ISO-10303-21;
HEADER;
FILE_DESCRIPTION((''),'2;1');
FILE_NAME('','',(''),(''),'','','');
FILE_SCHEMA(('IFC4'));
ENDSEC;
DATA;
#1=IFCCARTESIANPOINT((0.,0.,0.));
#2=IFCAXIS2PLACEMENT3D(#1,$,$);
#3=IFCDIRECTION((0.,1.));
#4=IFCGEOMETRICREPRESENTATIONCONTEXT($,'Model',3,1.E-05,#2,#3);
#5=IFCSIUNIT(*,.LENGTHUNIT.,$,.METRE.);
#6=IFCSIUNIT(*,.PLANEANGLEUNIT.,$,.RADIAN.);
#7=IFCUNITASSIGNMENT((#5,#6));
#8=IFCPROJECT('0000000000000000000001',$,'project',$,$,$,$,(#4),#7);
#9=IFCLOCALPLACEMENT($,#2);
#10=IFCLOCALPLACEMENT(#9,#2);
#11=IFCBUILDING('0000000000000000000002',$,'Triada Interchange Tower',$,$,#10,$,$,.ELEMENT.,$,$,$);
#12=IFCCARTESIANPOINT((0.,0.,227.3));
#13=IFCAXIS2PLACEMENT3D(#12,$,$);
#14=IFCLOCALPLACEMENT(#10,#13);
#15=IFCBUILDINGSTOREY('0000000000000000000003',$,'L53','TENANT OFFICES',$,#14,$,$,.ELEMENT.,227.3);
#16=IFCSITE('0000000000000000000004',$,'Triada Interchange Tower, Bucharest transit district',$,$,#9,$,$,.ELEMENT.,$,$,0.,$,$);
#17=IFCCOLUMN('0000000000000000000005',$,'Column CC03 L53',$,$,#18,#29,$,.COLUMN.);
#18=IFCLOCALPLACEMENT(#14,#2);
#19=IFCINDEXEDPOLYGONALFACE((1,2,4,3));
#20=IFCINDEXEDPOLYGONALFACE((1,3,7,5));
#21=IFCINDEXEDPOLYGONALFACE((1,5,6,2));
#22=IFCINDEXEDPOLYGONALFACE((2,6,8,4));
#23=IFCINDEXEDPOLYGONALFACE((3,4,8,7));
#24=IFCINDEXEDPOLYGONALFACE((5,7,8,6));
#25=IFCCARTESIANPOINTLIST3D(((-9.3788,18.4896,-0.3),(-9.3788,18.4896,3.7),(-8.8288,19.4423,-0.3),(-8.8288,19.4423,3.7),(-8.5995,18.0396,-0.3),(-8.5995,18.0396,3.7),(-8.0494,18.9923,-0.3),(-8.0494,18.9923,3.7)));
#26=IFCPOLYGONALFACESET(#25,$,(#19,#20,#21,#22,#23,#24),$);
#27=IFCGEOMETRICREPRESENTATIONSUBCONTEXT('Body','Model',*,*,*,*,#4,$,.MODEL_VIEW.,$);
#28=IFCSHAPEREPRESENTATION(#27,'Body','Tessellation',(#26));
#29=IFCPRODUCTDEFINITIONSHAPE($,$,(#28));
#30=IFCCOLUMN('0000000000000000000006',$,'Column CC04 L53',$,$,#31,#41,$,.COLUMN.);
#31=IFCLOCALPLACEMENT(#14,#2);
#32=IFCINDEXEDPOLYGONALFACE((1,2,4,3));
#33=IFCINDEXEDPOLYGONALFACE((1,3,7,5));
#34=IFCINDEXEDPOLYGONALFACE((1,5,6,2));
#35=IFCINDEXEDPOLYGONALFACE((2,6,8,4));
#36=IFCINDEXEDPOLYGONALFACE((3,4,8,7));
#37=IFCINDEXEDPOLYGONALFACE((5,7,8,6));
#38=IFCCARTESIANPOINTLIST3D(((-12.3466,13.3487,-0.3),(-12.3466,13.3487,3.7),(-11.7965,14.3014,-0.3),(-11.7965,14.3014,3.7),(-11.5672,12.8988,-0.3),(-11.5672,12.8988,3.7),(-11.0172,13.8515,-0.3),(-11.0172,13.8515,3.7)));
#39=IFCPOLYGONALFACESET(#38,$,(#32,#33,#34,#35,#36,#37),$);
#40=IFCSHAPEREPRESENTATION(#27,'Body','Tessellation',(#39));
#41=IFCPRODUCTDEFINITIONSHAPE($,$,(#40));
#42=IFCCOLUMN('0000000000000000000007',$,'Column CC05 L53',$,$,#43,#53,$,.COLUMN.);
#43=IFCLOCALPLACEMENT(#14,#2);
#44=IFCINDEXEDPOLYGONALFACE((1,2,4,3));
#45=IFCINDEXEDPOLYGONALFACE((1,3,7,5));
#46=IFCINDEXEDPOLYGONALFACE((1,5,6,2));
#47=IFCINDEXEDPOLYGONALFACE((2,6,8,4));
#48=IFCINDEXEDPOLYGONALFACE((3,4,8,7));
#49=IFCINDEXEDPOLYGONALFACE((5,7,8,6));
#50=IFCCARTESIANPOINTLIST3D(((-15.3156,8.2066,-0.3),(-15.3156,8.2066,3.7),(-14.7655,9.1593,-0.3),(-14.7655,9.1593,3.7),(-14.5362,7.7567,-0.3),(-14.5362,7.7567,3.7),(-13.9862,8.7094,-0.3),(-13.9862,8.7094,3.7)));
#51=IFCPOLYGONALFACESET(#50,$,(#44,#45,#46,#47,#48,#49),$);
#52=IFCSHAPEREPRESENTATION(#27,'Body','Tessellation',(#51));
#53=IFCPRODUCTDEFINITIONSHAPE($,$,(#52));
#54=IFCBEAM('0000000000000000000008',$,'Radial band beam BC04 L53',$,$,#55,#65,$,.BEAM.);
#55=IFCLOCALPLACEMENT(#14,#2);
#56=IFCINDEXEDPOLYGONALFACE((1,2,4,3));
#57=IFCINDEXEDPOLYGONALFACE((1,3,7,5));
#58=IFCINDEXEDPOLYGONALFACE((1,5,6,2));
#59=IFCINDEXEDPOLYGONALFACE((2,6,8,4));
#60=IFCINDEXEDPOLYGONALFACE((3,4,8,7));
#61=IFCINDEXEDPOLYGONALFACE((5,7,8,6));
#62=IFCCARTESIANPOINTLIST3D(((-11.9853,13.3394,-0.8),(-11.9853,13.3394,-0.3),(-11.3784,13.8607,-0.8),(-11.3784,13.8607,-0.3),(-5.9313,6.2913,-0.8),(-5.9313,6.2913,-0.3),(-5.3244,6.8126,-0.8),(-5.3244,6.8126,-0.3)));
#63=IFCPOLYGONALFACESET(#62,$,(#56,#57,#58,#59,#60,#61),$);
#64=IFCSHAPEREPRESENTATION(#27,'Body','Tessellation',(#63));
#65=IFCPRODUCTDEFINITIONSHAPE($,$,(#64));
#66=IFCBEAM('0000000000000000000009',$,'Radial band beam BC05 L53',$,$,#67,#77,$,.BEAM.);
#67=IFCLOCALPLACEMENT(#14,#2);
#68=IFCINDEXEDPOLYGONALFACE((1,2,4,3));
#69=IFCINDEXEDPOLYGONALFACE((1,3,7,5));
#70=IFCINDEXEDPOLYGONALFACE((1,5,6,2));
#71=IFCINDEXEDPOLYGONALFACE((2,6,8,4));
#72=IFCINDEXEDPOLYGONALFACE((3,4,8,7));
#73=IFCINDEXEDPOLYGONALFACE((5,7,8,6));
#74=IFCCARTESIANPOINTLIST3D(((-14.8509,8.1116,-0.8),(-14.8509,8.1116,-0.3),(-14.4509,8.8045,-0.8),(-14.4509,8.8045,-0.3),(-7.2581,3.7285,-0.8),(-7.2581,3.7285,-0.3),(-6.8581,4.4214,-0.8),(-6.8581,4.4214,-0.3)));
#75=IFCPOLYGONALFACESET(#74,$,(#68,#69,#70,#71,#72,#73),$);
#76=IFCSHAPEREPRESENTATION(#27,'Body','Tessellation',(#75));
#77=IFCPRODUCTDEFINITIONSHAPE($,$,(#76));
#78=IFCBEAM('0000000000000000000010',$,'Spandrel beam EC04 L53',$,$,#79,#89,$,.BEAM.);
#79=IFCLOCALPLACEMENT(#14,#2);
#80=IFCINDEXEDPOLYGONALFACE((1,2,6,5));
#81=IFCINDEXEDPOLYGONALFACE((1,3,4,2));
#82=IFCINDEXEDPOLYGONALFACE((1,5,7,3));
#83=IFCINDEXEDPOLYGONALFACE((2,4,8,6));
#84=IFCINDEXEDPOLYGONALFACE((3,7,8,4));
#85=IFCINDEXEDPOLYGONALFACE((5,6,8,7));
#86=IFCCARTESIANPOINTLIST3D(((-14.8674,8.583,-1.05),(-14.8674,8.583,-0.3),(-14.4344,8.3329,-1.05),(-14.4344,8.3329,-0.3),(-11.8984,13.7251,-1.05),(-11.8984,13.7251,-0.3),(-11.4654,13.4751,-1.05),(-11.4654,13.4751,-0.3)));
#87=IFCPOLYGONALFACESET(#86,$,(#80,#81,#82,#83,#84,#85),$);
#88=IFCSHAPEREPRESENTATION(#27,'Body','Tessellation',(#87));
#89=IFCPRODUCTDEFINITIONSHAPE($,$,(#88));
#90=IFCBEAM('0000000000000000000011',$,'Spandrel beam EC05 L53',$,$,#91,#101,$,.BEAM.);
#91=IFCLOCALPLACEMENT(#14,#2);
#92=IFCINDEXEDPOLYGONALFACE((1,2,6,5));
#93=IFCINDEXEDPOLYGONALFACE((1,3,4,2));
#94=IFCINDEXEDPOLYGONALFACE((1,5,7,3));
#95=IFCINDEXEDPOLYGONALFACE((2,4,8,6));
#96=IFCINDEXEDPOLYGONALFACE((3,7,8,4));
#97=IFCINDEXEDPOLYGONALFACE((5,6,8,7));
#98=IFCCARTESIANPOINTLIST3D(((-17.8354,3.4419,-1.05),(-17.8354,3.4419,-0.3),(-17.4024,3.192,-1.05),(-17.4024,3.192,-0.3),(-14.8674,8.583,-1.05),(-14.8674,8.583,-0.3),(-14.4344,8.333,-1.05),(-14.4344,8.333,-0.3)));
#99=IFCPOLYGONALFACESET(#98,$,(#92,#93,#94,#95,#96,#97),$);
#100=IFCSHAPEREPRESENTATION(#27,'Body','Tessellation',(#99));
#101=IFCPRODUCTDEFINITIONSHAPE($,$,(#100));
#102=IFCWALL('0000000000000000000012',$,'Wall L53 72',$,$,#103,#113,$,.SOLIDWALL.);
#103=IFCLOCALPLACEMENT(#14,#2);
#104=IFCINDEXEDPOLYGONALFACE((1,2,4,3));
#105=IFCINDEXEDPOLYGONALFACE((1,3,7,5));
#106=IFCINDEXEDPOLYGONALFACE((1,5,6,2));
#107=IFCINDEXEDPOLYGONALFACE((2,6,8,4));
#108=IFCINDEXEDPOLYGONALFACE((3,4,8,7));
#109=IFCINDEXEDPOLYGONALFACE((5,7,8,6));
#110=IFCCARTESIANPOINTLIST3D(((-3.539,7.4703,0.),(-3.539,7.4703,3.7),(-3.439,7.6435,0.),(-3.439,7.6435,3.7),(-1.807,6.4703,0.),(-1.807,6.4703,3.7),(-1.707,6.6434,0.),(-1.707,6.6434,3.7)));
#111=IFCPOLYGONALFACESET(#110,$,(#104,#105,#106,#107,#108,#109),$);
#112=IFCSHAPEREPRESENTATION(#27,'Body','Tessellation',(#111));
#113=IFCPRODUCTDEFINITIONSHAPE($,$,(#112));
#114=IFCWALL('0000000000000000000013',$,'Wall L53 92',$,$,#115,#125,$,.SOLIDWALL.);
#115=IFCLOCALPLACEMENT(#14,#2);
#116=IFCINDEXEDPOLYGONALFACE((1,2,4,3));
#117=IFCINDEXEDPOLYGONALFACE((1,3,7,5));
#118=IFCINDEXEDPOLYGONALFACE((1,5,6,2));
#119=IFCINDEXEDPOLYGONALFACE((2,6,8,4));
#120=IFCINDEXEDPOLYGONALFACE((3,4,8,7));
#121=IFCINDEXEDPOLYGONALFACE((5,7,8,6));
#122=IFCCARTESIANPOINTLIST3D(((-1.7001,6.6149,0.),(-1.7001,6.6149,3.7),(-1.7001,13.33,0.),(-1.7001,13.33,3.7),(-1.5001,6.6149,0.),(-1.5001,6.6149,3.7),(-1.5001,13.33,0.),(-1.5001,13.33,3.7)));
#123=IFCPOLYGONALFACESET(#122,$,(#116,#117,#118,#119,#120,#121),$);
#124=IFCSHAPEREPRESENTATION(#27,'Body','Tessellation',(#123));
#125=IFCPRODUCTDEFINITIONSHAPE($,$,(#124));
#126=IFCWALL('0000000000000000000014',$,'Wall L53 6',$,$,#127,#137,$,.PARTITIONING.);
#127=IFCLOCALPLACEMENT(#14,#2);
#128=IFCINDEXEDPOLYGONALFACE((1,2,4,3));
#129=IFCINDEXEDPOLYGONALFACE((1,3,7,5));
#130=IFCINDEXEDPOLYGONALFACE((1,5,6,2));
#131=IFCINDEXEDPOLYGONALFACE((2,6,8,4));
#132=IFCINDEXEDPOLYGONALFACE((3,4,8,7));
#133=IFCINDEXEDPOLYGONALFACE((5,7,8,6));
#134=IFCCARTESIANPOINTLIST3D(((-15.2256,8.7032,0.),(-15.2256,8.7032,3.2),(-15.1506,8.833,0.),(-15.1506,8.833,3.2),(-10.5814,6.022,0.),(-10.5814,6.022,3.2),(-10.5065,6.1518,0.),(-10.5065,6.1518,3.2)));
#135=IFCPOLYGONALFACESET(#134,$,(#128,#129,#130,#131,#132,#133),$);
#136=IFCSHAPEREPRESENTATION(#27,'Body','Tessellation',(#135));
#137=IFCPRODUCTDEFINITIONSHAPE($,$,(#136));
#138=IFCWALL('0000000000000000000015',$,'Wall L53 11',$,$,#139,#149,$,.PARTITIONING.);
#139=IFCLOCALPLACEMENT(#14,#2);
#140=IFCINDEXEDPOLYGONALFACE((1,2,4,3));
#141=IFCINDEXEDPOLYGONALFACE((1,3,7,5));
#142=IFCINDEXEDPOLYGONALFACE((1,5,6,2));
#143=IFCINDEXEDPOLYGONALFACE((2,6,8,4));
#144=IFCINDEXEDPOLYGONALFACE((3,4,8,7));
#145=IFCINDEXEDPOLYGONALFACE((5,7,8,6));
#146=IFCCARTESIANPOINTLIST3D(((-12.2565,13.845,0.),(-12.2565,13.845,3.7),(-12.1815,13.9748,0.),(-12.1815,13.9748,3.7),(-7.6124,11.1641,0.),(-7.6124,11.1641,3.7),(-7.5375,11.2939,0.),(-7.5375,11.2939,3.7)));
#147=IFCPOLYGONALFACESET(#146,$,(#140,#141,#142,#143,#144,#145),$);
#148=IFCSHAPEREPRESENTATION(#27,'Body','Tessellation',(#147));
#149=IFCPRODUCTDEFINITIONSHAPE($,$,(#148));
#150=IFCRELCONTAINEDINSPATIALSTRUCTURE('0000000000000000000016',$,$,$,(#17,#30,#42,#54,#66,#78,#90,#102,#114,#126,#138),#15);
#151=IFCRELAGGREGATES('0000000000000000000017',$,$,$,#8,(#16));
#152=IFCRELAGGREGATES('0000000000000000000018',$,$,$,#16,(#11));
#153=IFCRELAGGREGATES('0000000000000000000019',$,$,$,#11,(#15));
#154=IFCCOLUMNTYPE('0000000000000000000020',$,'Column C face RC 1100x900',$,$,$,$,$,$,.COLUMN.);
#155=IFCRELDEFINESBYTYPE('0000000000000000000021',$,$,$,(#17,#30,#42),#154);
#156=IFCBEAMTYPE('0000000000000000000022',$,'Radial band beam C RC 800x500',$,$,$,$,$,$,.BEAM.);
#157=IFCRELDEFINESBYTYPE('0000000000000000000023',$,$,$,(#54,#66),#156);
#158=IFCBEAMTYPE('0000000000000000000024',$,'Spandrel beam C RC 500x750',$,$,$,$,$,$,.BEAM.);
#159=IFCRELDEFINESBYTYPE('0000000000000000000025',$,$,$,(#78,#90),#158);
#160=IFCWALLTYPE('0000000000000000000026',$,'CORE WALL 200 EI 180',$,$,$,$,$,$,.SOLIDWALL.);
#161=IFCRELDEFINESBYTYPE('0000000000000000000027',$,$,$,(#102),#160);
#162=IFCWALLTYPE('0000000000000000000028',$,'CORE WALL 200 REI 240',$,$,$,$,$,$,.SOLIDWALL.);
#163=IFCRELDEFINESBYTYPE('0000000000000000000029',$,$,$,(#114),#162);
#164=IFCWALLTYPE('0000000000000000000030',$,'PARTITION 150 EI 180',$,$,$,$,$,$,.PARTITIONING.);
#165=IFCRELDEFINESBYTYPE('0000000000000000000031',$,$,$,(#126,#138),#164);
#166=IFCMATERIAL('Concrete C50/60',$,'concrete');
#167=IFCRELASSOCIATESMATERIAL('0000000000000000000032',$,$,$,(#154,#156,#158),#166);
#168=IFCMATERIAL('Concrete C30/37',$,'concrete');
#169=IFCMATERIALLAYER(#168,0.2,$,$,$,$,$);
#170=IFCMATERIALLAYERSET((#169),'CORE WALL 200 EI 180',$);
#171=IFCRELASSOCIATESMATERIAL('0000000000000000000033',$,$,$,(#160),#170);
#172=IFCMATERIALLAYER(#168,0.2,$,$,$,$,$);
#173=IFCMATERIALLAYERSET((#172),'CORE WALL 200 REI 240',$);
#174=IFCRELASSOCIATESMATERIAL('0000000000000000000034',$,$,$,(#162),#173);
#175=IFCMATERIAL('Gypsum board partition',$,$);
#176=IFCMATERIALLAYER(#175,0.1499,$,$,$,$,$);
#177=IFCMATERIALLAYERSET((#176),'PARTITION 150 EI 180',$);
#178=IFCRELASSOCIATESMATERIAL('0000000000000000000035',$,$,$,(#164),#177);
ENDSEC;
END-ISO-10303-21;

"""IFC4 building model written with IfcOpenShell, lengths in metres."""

from ifc_helpers import new_model, si_unit, direction, frame, frame_2d, origin, origin_2d, place, context, subcontext, project, spatial, rectangle, extrude, material, layer, layer_set, material_profile, profile_set, type_object, element, save


model = new_model("IFC4")

# Units and contexts
model_context = context("Model", 3, precision=1e-05, world=origin(), true_north=direction((0.0, 1.0)))
body_context = subcontext(model_context, "Body", "Model", "MODEL_VIEW")
ifc_project = project(units=[si_unit("LENGTHUNIT", "METRE"), si_unit("PLANEANGLEUNIT", "RADIAN")], contexts=[model_context])

# Site, building, storey
site_placement = place(None, origin())
site = spatial("IfcSite", under=ifc_project, at=site_placement, Name="Triada Interchange Tower, Bucharest transit district", CompositionType="ELEMENT", RefElevation=0.0)
building_placement = place(site_placement, origin())
building = spatial("IfcBuilding", under=site, at=building_placement, Name="Triada Interchange Tower", CompositionType="ELEMENT")
storey_placement = place(building_placement, frame((0.0, 0.0, 227.3)))
storey = spatial("IfcBuildingStorey", under=building, at=storey_placement, Name="L53", Description="TENANT OFFICES", CompositionType="ELEMENT", Elevation=227.3)

# Columns
ifc_material_1 = material(Name="Concrete C50/60", Category="concrete")
ifc_material_profile_1 = material_profile(ifc_material_1, rectangle(XDim=1.1001, YDim=0.8999, at=origin_2d()), Name="RC 1100x900")
ifc_profile_set_1 = profile_set([ifc_material_profile_1], Name="Concrete C50/60")
column_type = type_object("IfcColumnType", Name="Column C face RC 1100x900", PredefinedType="COLUMN", material=ifc_profile_set_1)
for number, where, z_axis, x_axis, name in (
    (1, (-8.7141, 18.741, -0.3), (0.0, 0.0, 1.0), (0.5, 0.866025, 0.0), "Column CC03 L53"),
    (2, (-11.6819, 13.6001, -0.3), (0.0, 0.0, 1.0), (0.5, 0.866025, 0.0), "Column CC04 L53"),
    (3, (-14.6509, 8.458, -0.3), (0.0, 0.0, 1.0), (0.5, 0.866025, 0.0), "Column CC05 L53"),
):
    element("IfcColumn", number, at=place(storey_placement, frame(where, z_axis=z_axis, x_axis=x_axis)), inside=storey, type_object=column_type, Name=name, PredefinedType="COLUMN", context=body_context, shape_type="SweptSolid", body=[
        extrude(rectangle(XDim=1.1001, YDim=0.8999, at=origin_2d()), origin(), (0.0, 0.0, 1.0), 4.0),
    ])

# Beams
ifc_material_profile_2 = material_profile(ifc_material_1, rectangle(XDim=0.8, YDim=0.5, at=origin_2d()), Name="RC 800x500")
ifc_profile_set_2 = profile_set([ifc_material_profile_2], Name="Concrete C50/60")
beam_type_1 = type_object("IfcBeamType", Name="Radial band beam C RC 800x500", PredefinedType="BEAM", material=ifc_profile_set_2)
beam_1_placement = place(storey_placement, frame((-11.6819, 13.6001, -0.55), z_axis=(0.651581, -0.758579, 0.0), x_axis=(0.758579, 0.651581, 0.0)))
element("IfcBeam", 4, at=beam_1_placement, inside=storey, type_object=beam_type_1, Name="Radial band beam BC04 L53", PredefinedType="BEAM", context=body_context, shape_type="SweptSolid", body=[
    extrude(rectangle(XDim=0.8, YDim=0.5, at=origin_2d()), origin(), (0.0, 0.0, 1.0), 9.2913),
])
beam_2_placement = place(storey_placement, frame((-14.6509, 8.458, -0.55), z_axis=(0.866057, -0.499946, 0.0), x_axis=(0.499946, 0.866057, 0.0)))
element("IfcBeam", 5, at=beam_2_placement, inside=storey, type_object=beam_type_1, Name="Radial band beam BC05 L53", PredefinedType="BEAM", context=body_context, shape_type="SweptSolid", body=[
    extrude(rectangle(XDim=0.8, YDim=0.5, at=origin_2d()), origin(), (0.0, 0.0, 1.0), 8.7671),
])
ifc_material_profile_3 = material_profile(ifc_material_1, rectangle(XDim=0.5, YDim=0.75, at=origin_2d()), Name="RC 500x750")
ifc_profile_set_3 = profile_set([ifc_material_profile_3], Name="Concrete C50/60")
beam_type_2 = type_object("IfcBeamType", Name="Spandrel beam C RC 500x750", PredefinedType="BEAM", material=ifc_profile_set_3)
beam_3_placement = place(storey_placement, frame((-11.6819, 13.6001, -0.675), z_axis=(-0.500026, -0.86601, 0.0), x_axis=(0.86601, -0.500026, 0.0)))
element("IfcBeam", 6, at=beam_3_placement, inside=storey, type_object=beam_type_2, Name="Spandrel beam EC04 L53", PredefinedType="BEAM", context=body_context, shape_type="SweptSolid", body=[
    extrude(rectangle(XDim=0.5, YDim=0.75, at=origin_2d()), origin(), (0.0, 0.0, 1.0), 5.9377),
])
beam_4_placement = place(storey_placement, frame((-14.6509, 8.458, -0.675), z_axis=(-0.499974, -0.86604, 0.0), x_axis=(0.86604, -0.499974, 0.0)))
element("IfcBeam", 7, at=beam_4_placement, inside=storey, type_object=beam_type_2, Name="Spandrel beam EC05 L53", PredefinedType="BEAM", context=body_context, shape_type="SweptSolid", body=[
    extrude(rectangle(XDim=0.5, YDim=0.75, at=origin_2d()), origin(), (0.0, 0.0, 1.0), 5.9363),
])

# Walls
ifc_material_2 = material(Name="Concrete C30/37", Category="concrete")
ifc_layer_1 = layer(ifc_material_2, 0.2)
ifc_layer_set_1 = layer_set([ifc_layer_1], Name="CORE WALL 200 EI 180")
wall_type_1 = type_object("IfcWallType", Name="CORE WALL 200 EI 180", PredefinedType="SOLIDWALL", material=ifc_layer_set_1)
wall_1_placement = place(storey_placement, frame((-3.489, 7.5569, 0.0), z_axis=(0.0, 0.0, 1.0), x_axis=(0.866011, -0.500025, 0.0)))
element("IfcWall", 8, at=wall_1_placement, inside=storey, type_object=wall_type_1, Name="Wall L53 72", PredefinedType="SOLIDWALL", context=body_context, shape_type="SweptSolid", body=[
    extrude(rectangle(XDim=2.0, YDim=0.2, at=frame_2d((1.0, 0.0))), origin(), (0.0, 0.0, 1.0), 3.7),
])
ifc_layer_2 = layer(ifc_material_2, 0.2)
ifc_layer_set_2 = layer_set([ifc_layer_2], Name="CORE WALL 200 REI 240")
wall_type_2 = type_object("IfcWallType", Name="CORE WALL 200 REI 240", PredefinedType="SOLIDWALL", material=ifc_layer_set_2)
wall_2_placement = place(storey_placement, frame((-1.6001, 6.615, 0.0), z_axis=(0.0, 0.0, 1.0), x_axis=(0.0, 1.0, 0.0)))
element("IfcWall", 9, at=wall_2_placement, inside=storey, type_object=wall_type_2, Name="Wall L53 92", PredefinedType="SOLIDWALL", context=body_context, shape_type="SweptSolid", body=[
    extrude(rectangle(XDim=6.7151, YDim=0.2, at=frame_2d((3.3574, 0.0))), origin(), (0.0, 0.0, 1.0), 3.7),
])

# Walls
ifc_material_3 = material(Name="Gypsum board partition")
ifc_layer_3 = layer(ifc_material_3, 0.1499)
ifc_layer_set_3 = layer_set([ifc_layer_3], Name="PARTITION 150 EI 180")
wall_type_3 = type_object("IfcWallType", Name="PARTITION 150 EI 180", PredefinedType="PARTITIONING", material=ifc_layer_set_3)
wall_3_placement = place(storey_placement, frame((-15.188, 8.7681, 0.0), z_axis=(0.0, 0.0, 1.0), x_axis=(0.866032, -0.499988, 0.0)))
element("IfcWall", 10, at=wall_3_placement, inside=storey, type_object=wall_type_3, Name="Wall L53 6", PredefinedType="PARTITIONING", context=body_context, shape_type="SweptSolid", body=[
    extrude(rectangle(XDim=5.3625, YDim=0.1499, at=frame_2d((2.6812, 0.0))), origin(), (0.0, 0.0, 1.0), 3.2),
])
wall_4_placement = place(storey_placement, frame((-12.219, 13.9099, 0.0), z_axis=(0.0, 0.0, 1.0), x_axis=(0.866052, -0.499954, 0.0)))
element("IfcWall", 11, at=wall_4_placement, inside=storey, type_object=wall_type_3, Name="Wall L53 11", PredefinedType="PARTITIONING", context=body_context, shape_type="SweptSolid", body=[
    extrude(rectangle(XDim=5.3623, YDim=0.1499, at=frame_2d((2.6812, 0.0))), origin(), (0.0, 0.0, 1.0), 3.7),
])

save(model, "model.ifc")
